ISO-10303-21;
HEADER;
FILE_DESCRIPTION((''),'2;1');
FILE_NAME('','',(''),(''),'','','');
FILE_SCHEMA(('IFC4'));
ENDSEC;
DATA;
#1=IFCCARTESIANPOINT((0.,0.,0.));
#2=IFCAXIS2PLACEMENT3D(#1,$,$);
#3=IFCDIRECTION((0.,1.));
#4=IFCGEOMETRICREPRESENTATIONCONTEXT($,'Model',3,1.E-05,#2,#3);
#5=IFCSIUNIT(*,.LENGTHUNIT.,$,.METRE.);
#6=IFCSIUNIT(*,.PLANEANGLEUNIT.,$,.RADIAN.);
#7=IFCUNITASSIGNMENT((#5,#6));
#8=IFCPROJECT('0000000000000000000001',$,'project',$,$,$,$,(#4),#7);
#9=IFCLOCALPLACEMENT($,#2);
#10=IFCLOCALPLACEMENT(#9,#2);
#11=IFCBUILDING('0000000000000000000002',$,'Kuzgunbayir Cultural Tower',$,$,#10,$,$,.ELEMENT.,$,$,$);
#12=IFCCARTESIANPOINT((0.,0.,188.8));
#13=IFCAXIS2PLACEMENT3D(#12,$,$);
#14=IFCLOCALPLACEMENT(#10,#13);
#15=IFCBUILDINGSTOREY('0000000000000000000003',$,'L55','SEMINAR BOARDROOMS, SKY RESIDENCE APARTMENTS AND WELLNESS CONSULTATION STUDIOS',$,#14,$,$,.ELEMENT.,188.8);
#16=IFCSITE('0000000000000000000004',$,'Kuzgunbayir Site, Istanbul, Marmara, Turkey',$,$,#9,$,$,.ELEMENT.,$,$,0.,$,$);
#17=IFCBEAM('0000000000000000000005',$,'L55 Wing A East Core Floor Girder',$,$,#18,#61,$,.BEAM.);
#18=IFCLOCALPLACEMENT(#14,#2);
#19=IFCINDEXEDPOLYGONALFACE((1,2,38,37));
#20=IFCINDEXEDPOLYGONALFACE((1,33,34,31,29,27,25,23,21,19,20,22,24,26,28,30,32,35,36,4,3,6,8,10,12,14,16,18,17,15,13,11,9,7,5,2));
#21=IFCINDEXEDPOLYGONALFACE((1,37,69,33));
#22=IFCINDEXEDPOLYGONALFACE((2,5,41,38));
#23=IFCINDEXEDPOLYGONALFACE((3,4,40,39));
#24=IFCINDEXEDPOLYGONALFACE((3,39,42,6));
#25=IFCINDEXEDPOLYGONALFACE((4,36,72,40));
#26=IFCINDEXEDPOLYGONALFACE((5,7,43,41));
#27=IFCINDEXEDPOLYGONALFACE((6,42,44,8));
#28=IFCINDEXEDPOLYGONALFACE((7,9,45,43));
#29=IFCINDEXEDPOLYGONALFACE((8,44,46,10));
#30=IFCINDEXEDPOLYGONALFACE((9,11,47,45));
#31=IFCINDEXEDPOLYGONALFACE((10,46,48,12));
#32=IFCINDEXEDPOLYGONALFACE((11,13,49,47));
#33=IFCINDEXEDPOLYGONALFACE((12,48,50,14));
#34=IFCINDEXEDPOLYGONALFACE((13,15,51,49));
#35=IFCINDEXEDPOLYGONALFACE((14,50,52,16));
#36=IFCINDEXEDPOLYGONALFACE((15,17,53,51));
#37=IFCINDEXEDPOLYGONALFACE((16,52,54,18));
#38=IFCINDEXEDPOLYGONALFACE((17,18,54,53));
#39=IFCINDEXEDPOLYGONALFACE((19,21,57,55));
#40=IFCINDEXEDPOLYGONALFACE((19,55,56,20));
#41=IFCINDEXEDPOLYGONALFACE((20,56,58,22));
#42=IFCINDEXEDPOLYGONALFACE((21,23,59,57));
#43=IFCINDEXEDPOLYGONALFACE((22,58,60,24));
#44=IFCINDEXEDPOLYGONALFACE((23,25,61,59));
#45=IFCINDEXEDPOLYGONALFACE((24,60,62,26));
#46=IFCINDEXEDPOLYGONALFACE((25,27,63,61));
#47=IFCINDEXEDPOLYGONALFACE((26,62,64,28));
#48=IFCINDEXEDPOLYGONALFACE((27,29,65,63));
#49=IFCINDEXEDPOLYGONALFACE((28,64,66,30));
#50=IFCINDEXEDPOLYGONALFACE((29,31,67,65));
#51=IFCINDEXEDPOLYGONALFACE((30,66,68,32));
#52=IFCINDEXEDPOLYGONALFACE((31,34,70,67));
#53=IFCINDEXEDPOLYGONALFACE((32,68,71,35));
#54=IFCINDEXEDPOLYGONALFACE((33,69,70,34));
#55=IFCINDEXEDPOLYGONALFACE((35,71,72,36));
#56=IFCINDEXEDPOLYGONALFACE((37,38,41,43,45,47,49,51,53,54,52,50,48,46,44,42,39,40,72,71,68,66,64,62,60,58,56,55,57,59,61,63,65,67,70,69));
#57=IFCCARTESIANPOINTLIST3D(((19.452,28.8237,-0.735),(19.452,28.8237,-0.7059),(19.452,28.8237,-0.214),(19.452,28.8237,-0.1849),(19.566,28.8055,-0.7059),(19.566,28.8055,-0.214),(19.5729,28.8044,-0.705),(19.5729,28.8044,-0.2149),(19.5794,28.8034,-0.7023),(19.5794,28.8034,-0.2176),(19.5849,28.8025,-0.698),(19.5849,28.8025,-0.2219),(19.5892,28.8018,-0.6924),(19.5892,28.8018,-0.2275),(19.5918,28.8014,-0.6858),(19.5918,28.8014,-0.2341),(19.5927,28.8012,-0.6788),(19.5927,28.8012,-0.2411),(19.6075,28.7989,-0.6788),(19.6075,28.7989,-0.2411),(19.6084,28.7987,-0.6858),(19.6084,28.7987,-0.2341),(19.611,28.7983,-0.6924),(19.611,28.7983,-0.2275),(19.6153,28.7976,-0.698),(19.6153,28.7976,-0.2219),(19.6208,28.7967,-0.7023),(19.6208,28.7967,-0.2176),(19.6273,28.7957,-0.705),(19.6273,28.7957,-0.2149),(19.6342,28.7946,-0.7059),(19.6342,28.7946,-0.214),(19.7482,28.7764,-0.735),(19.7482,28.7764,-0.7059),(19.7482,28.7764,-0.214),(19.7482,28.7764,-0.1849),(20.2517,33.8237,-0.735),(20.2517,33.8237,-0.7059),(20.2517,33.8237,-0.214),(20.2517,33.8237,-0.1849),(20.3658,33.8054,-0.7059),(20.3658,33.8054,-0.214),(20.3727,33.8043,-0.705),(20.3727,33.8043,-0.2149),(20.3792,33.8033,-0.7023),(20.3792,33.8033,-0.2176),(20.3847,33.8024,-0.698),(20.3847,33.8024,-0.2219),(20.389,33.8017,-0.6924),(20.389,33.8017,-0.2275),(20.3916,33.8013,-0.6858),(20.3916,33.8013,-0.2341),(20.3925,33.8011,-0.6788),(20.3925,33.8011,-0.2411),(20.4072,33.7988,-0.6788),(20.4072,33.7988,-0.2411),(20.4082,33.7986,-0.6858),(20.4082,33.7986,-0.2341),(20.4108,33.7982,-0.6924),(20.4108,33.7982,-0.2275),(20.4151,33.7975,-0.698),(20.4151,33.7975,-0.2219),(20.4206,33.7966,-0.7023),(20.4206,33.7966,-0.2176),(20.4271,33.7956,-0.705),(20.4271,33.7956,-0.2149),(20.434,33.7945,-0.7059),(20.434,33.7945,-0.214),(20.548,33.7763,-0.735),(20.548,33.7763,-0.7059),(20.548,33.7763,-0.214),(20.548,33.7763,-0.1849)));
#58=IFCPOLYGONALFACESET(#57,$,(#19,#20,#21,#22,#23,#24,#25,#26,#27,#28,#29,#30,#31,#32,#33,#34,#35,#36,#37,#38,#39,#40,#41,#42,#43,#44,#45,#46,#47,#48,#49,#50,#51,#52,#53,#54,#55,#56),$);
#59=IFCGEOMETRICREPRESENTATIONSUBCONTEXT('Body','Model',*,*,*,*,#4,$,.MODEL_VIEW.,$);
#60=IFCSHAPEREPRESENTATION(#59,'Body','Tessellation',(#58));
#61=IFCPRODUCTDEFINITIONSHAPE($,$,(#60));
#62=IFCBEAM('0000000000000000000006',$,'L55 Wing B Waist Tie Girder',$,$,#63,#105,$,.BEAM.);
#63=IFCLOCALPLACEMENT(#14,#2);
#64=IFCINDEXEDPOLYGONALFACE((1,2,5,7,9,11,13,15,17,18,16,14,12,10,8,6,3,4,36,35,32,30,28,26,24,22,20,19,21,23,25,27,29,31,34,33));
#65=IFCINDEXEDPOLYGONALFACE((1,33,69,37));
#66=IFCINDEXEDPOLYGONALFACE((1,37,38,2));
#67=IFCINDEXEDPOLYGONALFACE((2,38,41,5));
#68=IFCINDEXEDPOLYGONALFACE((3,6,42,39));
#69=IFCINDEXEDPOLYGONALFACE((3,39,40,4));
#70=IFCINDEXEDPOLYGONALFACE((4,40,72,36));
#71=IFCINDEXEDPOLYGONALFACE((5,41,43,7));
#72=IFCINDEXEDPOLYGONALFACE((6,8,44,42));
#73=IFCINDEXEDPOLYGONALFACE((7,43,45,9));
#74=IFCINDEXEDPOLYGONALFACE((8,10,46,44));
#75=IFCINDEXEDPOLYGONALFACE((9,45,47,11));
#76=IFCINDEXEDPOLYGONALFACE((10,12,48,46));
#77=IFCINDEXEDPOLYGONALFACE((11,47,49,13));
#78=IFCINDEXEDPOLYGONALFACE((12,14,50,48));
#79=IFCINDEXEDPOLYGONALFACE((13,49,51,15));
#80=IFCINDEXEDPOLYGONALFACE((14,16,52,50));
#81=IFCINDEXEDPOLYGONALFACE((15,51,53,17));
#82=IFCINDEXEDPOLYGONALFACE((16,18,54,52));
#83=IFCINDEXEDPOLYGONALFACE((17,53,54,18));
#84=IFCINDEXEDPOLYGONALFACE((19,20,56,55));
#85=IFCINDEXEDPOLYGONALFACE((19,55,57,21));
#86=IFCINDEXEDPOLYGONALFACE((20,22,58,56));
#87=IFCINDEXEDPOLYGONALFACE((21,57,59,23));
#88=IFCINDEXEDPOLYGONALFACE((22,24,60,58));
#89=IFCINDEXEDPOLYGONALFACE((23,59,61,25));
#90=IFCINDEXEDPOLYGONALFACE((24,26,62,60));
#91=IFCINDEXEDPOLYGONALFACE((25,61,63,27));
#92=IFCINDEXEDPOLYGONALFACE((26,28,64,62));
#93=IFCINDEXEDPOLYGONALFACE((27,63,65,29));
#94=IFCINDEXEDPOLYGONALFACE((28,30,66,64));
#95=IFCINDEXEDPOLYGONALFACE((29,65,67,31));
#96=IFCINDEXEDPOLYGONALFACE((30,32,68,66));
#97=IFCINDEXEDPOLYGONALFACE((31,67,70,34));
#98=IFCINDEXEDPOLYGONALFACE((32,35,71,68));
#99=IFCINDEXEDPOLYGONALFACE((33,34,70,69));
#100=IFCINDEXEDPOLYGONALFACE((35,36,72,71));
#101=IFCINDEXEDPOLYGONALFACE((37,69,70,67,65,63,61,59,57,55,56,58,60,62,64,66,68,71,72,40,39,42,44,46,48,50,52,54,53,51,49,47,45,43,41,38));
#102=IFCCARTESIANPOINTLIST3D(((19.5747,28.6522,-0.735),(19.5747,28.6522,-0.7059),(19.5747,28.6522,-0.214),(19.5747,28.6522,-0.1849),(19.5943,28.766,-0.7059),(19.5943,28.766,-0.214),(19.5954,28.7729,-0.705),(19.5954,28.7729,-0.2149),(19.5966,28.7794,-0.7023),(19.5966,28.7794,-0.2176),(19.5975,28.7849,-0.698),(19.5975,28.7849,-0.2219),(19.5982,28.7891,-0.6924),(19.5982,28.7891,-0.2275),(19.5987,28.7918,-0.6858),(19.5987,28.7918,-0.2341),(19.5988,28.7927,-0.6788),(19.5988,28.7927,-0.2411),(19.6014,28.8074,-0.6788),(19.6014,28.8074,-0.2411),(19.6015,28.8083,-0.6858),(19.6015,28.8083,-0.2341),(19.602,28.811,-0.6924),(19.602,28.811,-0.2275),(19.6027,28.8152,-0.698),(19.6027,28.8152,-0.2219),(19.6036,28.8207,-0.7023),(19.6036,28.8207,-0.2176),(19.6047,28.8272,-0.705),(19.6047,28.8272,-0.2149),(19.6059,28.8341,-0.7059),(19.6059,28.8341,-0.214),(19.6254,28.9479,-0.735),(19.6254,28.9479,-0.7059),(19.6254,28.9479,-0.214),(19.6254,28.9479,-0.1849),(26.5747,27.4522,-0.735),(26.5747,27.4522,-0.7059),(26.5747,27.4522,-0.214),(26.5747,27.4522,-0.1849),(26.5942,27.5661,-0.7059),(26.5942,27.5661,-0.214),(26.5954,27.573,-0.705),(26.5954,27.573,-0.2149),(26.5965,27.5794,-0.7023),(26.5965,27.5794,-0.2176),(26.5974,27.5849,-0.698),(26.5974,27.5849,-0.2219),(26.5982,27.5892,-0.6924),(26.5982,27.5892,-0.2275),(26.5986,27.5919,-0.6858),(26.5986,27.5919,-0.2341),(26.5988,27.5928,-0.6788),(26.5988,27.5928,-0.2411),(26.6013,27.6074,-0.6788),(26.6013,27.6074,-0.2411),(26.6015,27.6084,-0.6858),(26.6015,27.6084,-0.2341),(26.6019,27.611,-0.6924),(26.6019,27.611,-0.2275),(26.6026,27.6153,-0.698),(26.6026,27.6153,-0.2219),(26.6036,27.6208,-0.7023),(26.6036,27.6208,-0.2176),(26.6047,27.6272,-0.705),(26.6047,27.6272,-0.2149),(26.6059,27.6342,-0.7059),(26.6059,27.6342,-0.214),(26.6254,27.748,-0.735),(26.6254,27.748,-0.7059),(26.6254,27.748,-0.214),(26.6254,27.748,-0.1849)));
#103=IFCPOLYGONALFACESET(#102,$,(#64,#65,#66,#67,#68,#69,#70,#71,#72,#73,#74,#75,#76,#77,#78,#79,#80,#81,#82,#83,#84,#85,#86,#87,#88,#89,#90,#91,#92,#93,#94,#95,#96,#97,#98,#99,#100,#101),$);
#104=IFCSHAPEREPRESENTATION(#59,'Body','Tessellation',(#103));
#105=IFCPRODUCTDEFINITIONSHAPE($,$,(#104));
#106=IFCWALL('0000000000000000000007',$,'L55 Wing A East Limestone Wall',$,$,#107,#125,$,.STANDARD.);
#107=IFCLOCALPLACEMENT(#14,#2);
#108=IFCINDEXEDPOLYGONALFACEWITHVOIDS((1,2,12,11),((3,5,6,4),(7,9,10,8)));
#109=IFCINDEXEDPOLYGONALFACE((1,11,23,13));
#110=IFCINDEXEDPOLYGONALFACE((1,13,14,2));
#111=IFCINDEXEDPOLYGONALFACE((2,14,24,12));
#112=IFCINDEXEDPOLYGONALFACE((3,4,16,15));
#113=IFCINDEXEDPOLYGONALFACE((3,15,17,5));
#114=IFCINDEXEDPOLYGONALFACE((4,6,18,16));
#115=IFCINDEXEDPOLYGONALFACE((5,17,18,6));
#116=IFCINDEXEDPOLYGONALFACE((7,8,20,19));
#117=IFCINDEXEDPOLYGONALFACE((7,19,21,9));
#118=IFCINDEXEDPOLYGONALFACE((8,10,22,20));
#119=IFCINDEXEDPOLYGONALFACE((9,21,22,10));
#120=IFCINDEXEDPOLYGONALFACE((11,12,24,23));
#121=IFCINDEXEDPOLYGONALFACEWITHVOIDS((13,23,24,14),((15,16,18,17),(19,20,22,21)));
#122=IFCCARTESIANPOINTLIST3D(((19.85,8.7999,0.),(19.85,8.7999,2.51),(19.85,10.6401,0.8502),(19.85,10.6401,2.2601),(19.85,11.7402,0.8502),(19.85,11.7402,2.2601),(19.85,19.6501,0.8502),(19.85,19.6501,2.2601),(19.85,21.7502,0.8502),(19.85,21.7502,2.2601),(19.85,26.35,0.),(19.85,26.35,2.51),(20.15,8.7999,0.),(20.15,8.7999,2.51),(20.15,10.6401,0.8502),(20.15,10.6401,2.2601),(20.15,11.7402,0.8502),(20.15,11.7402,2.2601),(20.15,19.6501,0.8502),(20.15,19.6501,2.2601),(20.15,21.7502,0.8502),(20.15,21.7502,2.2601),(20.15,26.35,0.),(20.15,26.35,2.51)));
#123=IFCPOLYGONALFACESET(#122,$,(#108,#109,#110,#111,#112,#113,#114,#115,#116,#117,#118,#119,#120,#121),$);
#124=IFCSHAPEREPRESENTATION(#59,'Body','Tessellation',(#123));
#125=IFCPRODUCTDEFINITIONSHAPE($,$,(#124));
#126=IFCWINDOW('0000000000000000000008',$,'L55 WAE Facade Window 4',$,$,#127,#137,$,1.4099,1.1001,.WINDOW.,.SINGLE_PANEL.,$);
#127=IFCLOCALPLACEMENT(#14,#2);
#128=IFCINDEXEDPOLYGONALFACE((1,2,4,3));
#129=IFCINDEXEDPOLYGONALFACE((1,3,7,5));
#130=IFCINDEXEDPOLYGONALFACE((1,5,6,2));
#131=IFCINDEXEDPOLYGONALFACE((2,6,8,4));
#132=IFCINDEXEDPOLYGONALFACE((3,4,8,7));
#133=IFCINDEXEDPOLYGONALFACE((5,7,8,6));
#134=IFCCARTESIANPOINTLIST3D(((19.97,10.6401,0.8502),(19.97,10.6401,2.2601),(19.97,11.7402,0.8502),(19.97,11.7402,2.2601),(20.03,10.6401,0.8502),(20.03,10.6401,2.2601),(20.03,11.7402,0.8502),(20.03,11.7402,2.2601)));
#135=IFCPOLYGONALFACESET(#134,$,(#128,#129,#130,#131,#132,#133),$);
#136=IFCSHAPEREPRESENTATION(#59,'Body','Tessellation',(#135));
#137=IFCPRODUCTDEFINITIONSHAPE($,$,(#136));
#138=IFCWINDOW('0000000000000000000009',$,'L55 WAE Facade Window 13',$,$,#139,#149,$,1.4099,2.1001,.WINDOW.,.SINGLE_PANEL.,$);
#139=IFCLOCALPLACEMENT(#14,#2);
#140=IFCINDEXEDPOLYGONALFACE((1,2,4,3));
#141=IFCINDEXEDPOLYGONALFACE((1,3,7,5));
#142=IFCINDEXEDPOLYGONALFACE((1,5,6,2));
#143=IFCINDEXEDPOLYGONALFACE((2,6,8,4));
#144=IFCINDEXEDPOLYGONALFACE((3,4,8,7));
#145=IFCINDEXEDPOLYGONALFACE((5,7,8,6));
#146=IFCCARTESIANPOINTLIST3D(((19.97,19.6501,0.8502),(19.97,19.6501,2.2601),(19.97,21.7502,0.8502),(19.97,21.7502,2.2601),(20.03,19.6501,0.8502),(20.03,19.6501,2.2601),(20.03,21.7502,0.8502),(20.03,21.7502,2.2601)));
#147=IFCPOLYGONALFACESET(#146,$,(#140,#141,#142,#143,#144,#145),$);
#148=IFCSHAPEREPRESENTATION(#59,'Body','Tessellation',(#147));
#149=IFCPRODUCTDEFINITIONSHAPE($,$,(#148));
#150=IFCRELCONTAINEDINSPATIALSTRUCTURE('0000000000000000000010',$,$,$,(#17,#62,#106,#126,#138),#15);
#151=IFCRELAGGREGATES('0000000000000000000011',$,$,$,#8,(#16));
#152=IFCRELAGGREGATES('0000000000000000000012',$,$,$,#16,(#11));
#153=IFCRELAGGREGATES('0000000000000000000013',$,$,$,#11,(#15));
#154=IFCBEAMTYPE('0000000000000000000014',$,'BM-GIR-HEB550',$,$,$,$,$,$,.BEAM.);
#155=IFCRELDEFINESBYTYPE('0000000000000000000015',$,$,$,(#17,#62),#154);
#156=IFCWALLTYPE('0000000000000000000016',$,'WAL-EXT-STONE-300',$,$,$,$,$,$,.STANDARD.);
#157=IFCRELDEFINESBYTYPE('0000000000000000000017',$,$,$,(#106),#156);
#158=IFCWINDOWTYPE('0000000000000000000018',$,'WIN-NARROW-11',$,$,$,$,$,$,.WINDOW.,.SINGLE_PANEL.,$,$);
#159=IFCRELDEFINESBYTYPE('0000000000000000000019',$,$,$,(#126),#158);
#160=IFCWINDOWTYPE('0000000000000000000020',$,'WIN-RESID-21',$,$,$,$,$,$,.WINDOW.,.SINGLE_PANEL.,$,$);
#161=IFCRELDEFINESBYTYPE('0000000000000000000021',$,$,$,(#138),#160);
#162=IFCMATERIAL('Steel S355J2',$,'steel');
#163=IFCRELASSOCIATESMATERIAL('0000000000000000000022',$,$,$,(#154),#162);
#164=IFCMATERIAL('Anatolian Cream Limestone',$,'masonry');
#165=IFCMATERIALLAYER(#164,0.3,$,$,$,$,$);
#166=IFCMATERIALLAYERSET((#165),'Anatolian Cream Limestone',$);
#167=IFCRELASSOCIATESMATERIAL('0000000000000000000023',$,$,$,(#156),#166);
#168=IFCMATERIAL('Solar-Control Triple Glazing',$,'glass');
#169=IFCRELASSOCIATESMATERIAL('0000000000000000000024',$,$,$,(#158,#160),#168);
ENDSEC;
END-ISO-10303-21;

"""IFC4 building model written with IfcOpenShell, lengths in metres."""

from ifc_helpers import new_model, si_unit, direction, frame, frame_2d, origin, origin_2d, place, context, subcontext, project, spatial, rectangle, i_section, extrude, material, layer, layer_set, material_profile, profile_set, type_object, element, fill, save


model = new_model("IFC4")

# Units and contexts
model_context = context("Model", 3, precision=1e-05, world=origin(), true_north=direction((0.0, 1.0)))
body_context = subcontext(model_context, "Body", "Model", "MODEL_VIEW")
ifc_project = project(units=[si_unit("LENGTHUNIT", "METRE"), si_unit("PLANEANGLEUNIT", "RADIAN")], contexts=[model_context])

# Site, building, storey
site_placement = place(None, origin())
site = spatial("IfcSite", under=ifc_project, at=site_placement, Name="Kuzgunbayir Site, Istanbul, Marmara, Turkey", CompositionType="ELEMENT", RefElevation=0.0)
building_placement = place(site_placement, origin())
building = spatial("IfcBuilding", under=site, at=building_placement, Name="Kuzgunbayir Cultural Tower", CompositionType="ELEMENT")
storey_placement = place(building_placement, frame((0.0, 0.0, 188.8)))
storey = spatial("IfcBuildingStorey", under=building, at=storey_placement, Name="L55", Description="SEMINAR BOARDROOMS, SKY RESIDENCE APARTMENTS AND WELLNESS CONSULTATION STUDIOS", CompositionType="ELEMENT", Elevation=188.8)

# Beams
ifc_material_1 = material(Name="Steel S355J2", Category="steel")
ifc_material_profile_1 = material_profile(ifc_material_1, i_section(OverallWidth=0.3, OverallDepth=0.55, WebThickness=0.0149, FlangeThickness=0.0291, FilletRadius=0.0271, at=origin_2d()), Name="HEB 550")
ifc_profile_set_1 = profile_set([ifc_material_profile_1], Name="Steel S355J2")
beam_type_1 = type_object("IfcBeamType", Name="BM-GIR-HEB550", PredefinedType="BEAM", material=ifc_profile_set_1)
beam_1_placement = place(storey_placement, frame((19.6001, 28.8, -0.46), z_axis=(0.157953, 0.987447, 0.0), x_axis=(-0.987447, 0.157953, 0.0)))
element("IfcBeam", 1, at=beam_1_placement, inside=storey, type_object=beam_type_1, Name="L55 Wing A East Core Floor Girder", PredefinedType="BEAM", context=body_context, shape_type="SweptSolid", body=[
    extrude(i_section(OverallWidth=0.3, OverallDepth=0.55, WebThickness=0.0149, FlangeThickness=0.0291, FilletRadius=0.0271, at=origin_2d()), origin(), (0.0, 0.0, 1.0), 5.0635),
])
beam_2_placement = place(storey_placement, frame((19.6001, 28.8, -0.46), z_axis=(0.985623, -0.168957, 0.0), x_axis=(0.168957, 0.985623, 0.0)))
element("IfcBeam", 2, at=beam_2_placement, inside=storey, type_object=beam_type_1, Name="L55 Wing B Waist Tie Girder", PredefinedType="BEAM", context=body_context, shape_type="SweptSolid", body=[
    extrude(i_section(OverallWidth=0.3, OverallDepth=0.55, WebThickness=0.0149, FlangeThickness=0.0291, FilletRadius=0.0271, at=origin_2d()), origin(), (0.0, 0.0, 1.0), 7.1021),
])

# Wall, openings, windows
ifc_material_2 = material(Name="Anatolian Cream Limestone", Category="masonry")
ifc_layer_1 = layer(ifc_material_2, 0.3)
ifc_layer_set_1 = layer_set([ifc_layer_1], Name="Anatolian Cream Limestone")
wall_type_1 = type_object("IfcWallType", Name="WAL-EXT-STONE-300", PredefinedType="STANDARD", material=ifc_layer_set_1)
wall_1_placement = place(storey_placement, frame((20.0, 8.8, 0.0), z_axis=(0.0, 0.0, 1.0), x_axis=(0.0, 1.0, 0.0)))
wall_1 = element("IfcWall", 3, at=wall_1_placement, inside=storey, type_object=wall_type_1, Name="L55 Wing A East Limestone Wall", PredefinedType="STANDARD", context=body_context, shape_type="SweptSolid", body=[
    extrude(rectangle(XDim=17.55, YDim=0.3, at=frame_2d((8.7749, 0.0))), origin(), (0.0, 0.0, 1.0), 2.51),
])
opening_1_placement = place(wall_1_placement, frame((1.8401, 0.0, 0.8501)))
opening_1 = element("IfcOpeningElement", 4, at=opening_1_placement, cuts=wall_1, PredefinedType="OPENING", context=body_context, shape_type="SweptSolid", body=[
    extrude(rectangle(XDim=1.1001, YDim=1.4099, at=frame_2d((0.55, 0.7051))), frame((0.0, 0.1602, 0.0), z_axis=(0.0, -1.0, 0.0), x_axis=(1.0, 0.0, 0.0)), (0.0, 0.0, 1.0), 0.3201),
])
opening_2_placement = place(wall_1_placement, frame((10.8501, 0.0, 0.8501)))
opening_2 = element("IfcOpeningElement", 5, at=opening_2_placement, cuts=wall_1, PredefinedType="OPENING", context=body_context, shape_type="SweptSolid", body=[
    extrude(rectangle(XDim=2.1001, YDim=1.4099, at=frame_2d((1.05, 0.7051))), frame((0.0, 0.1602, 0.0), z_axis=(0.0, -1.0, 0.0), x_axis=(1.0, 0.0, 0.0)), (0.0, 0.0, 1.0), 0.3201),
])
ifc_material_3 = material(Name="Solar-Control Triple Glazing", Category="glass")
window_type_1 = type_object("IfcWindowType", Name="WIN-NARROW-11", PartitioningType="SINGLE_PANEL", PredefinedType="WINDOW", material=ifc_material_3)
window_1_placement = place(opening_1_placement, origin())
window_1 = element("IfcWindow", 6, at=window_1_placement, inside=storey, type_object=window_type_1, Name="L55 WAE Facade Window 4", OverallHeight=1.4099, OverallWidth=1.1001, PartitioningType="SINGLE_PANEL", PredefinedType="WINDOW", context=body_context, shape_type="SweptSolid", body=[
    extrude(rectangle(XDim=1.1001, YDim=1.4099, at=frame_2d((0.55, 0.7051))), frame((0.0, 0.03, 0.0), z_axis=(0.0, -1.0, 0.0), x_axis=(1.0, 0.0, 0.0)), (0.0, 0.0, 1.0), 0.0601),
])
fill(opening_1, window_1)
window_type_2 = type_object("IfcWindowType", Name="WIN-RESID-21", PartitioningType="SINGLE_PANEL", PredefinedType="WINDOW", material=ifc_material_3)
window_2_placement = place(opening_2_placement, origin())
window_2 = element("IfcWindow", 7, at=window_2_placement, inside=storey, type_object=window_type_2, Name="L55 WAE Facade Window 13", OverallHeight=1.4099, OverallWidth=2.1001, PartitioningType="SINGLE_PANEL", PredefinedType="WINDOW", context=body_context, shape_type="SweptSolid", body=[
    extrude(rectangle(XDim=2.1001, YDim=1.4099, at=frame_2d((1.05, 0.7051))), frame((0.0, 0.03, 0.0), z_axis=(0.0, -1.0, 0.0), x_axis=(1.0, 0.0, 0.0)), (0.0, 0.0, 1.0), 0.0601),
])
fill(opening_2, window_2)

save(model, "model.ifc")
